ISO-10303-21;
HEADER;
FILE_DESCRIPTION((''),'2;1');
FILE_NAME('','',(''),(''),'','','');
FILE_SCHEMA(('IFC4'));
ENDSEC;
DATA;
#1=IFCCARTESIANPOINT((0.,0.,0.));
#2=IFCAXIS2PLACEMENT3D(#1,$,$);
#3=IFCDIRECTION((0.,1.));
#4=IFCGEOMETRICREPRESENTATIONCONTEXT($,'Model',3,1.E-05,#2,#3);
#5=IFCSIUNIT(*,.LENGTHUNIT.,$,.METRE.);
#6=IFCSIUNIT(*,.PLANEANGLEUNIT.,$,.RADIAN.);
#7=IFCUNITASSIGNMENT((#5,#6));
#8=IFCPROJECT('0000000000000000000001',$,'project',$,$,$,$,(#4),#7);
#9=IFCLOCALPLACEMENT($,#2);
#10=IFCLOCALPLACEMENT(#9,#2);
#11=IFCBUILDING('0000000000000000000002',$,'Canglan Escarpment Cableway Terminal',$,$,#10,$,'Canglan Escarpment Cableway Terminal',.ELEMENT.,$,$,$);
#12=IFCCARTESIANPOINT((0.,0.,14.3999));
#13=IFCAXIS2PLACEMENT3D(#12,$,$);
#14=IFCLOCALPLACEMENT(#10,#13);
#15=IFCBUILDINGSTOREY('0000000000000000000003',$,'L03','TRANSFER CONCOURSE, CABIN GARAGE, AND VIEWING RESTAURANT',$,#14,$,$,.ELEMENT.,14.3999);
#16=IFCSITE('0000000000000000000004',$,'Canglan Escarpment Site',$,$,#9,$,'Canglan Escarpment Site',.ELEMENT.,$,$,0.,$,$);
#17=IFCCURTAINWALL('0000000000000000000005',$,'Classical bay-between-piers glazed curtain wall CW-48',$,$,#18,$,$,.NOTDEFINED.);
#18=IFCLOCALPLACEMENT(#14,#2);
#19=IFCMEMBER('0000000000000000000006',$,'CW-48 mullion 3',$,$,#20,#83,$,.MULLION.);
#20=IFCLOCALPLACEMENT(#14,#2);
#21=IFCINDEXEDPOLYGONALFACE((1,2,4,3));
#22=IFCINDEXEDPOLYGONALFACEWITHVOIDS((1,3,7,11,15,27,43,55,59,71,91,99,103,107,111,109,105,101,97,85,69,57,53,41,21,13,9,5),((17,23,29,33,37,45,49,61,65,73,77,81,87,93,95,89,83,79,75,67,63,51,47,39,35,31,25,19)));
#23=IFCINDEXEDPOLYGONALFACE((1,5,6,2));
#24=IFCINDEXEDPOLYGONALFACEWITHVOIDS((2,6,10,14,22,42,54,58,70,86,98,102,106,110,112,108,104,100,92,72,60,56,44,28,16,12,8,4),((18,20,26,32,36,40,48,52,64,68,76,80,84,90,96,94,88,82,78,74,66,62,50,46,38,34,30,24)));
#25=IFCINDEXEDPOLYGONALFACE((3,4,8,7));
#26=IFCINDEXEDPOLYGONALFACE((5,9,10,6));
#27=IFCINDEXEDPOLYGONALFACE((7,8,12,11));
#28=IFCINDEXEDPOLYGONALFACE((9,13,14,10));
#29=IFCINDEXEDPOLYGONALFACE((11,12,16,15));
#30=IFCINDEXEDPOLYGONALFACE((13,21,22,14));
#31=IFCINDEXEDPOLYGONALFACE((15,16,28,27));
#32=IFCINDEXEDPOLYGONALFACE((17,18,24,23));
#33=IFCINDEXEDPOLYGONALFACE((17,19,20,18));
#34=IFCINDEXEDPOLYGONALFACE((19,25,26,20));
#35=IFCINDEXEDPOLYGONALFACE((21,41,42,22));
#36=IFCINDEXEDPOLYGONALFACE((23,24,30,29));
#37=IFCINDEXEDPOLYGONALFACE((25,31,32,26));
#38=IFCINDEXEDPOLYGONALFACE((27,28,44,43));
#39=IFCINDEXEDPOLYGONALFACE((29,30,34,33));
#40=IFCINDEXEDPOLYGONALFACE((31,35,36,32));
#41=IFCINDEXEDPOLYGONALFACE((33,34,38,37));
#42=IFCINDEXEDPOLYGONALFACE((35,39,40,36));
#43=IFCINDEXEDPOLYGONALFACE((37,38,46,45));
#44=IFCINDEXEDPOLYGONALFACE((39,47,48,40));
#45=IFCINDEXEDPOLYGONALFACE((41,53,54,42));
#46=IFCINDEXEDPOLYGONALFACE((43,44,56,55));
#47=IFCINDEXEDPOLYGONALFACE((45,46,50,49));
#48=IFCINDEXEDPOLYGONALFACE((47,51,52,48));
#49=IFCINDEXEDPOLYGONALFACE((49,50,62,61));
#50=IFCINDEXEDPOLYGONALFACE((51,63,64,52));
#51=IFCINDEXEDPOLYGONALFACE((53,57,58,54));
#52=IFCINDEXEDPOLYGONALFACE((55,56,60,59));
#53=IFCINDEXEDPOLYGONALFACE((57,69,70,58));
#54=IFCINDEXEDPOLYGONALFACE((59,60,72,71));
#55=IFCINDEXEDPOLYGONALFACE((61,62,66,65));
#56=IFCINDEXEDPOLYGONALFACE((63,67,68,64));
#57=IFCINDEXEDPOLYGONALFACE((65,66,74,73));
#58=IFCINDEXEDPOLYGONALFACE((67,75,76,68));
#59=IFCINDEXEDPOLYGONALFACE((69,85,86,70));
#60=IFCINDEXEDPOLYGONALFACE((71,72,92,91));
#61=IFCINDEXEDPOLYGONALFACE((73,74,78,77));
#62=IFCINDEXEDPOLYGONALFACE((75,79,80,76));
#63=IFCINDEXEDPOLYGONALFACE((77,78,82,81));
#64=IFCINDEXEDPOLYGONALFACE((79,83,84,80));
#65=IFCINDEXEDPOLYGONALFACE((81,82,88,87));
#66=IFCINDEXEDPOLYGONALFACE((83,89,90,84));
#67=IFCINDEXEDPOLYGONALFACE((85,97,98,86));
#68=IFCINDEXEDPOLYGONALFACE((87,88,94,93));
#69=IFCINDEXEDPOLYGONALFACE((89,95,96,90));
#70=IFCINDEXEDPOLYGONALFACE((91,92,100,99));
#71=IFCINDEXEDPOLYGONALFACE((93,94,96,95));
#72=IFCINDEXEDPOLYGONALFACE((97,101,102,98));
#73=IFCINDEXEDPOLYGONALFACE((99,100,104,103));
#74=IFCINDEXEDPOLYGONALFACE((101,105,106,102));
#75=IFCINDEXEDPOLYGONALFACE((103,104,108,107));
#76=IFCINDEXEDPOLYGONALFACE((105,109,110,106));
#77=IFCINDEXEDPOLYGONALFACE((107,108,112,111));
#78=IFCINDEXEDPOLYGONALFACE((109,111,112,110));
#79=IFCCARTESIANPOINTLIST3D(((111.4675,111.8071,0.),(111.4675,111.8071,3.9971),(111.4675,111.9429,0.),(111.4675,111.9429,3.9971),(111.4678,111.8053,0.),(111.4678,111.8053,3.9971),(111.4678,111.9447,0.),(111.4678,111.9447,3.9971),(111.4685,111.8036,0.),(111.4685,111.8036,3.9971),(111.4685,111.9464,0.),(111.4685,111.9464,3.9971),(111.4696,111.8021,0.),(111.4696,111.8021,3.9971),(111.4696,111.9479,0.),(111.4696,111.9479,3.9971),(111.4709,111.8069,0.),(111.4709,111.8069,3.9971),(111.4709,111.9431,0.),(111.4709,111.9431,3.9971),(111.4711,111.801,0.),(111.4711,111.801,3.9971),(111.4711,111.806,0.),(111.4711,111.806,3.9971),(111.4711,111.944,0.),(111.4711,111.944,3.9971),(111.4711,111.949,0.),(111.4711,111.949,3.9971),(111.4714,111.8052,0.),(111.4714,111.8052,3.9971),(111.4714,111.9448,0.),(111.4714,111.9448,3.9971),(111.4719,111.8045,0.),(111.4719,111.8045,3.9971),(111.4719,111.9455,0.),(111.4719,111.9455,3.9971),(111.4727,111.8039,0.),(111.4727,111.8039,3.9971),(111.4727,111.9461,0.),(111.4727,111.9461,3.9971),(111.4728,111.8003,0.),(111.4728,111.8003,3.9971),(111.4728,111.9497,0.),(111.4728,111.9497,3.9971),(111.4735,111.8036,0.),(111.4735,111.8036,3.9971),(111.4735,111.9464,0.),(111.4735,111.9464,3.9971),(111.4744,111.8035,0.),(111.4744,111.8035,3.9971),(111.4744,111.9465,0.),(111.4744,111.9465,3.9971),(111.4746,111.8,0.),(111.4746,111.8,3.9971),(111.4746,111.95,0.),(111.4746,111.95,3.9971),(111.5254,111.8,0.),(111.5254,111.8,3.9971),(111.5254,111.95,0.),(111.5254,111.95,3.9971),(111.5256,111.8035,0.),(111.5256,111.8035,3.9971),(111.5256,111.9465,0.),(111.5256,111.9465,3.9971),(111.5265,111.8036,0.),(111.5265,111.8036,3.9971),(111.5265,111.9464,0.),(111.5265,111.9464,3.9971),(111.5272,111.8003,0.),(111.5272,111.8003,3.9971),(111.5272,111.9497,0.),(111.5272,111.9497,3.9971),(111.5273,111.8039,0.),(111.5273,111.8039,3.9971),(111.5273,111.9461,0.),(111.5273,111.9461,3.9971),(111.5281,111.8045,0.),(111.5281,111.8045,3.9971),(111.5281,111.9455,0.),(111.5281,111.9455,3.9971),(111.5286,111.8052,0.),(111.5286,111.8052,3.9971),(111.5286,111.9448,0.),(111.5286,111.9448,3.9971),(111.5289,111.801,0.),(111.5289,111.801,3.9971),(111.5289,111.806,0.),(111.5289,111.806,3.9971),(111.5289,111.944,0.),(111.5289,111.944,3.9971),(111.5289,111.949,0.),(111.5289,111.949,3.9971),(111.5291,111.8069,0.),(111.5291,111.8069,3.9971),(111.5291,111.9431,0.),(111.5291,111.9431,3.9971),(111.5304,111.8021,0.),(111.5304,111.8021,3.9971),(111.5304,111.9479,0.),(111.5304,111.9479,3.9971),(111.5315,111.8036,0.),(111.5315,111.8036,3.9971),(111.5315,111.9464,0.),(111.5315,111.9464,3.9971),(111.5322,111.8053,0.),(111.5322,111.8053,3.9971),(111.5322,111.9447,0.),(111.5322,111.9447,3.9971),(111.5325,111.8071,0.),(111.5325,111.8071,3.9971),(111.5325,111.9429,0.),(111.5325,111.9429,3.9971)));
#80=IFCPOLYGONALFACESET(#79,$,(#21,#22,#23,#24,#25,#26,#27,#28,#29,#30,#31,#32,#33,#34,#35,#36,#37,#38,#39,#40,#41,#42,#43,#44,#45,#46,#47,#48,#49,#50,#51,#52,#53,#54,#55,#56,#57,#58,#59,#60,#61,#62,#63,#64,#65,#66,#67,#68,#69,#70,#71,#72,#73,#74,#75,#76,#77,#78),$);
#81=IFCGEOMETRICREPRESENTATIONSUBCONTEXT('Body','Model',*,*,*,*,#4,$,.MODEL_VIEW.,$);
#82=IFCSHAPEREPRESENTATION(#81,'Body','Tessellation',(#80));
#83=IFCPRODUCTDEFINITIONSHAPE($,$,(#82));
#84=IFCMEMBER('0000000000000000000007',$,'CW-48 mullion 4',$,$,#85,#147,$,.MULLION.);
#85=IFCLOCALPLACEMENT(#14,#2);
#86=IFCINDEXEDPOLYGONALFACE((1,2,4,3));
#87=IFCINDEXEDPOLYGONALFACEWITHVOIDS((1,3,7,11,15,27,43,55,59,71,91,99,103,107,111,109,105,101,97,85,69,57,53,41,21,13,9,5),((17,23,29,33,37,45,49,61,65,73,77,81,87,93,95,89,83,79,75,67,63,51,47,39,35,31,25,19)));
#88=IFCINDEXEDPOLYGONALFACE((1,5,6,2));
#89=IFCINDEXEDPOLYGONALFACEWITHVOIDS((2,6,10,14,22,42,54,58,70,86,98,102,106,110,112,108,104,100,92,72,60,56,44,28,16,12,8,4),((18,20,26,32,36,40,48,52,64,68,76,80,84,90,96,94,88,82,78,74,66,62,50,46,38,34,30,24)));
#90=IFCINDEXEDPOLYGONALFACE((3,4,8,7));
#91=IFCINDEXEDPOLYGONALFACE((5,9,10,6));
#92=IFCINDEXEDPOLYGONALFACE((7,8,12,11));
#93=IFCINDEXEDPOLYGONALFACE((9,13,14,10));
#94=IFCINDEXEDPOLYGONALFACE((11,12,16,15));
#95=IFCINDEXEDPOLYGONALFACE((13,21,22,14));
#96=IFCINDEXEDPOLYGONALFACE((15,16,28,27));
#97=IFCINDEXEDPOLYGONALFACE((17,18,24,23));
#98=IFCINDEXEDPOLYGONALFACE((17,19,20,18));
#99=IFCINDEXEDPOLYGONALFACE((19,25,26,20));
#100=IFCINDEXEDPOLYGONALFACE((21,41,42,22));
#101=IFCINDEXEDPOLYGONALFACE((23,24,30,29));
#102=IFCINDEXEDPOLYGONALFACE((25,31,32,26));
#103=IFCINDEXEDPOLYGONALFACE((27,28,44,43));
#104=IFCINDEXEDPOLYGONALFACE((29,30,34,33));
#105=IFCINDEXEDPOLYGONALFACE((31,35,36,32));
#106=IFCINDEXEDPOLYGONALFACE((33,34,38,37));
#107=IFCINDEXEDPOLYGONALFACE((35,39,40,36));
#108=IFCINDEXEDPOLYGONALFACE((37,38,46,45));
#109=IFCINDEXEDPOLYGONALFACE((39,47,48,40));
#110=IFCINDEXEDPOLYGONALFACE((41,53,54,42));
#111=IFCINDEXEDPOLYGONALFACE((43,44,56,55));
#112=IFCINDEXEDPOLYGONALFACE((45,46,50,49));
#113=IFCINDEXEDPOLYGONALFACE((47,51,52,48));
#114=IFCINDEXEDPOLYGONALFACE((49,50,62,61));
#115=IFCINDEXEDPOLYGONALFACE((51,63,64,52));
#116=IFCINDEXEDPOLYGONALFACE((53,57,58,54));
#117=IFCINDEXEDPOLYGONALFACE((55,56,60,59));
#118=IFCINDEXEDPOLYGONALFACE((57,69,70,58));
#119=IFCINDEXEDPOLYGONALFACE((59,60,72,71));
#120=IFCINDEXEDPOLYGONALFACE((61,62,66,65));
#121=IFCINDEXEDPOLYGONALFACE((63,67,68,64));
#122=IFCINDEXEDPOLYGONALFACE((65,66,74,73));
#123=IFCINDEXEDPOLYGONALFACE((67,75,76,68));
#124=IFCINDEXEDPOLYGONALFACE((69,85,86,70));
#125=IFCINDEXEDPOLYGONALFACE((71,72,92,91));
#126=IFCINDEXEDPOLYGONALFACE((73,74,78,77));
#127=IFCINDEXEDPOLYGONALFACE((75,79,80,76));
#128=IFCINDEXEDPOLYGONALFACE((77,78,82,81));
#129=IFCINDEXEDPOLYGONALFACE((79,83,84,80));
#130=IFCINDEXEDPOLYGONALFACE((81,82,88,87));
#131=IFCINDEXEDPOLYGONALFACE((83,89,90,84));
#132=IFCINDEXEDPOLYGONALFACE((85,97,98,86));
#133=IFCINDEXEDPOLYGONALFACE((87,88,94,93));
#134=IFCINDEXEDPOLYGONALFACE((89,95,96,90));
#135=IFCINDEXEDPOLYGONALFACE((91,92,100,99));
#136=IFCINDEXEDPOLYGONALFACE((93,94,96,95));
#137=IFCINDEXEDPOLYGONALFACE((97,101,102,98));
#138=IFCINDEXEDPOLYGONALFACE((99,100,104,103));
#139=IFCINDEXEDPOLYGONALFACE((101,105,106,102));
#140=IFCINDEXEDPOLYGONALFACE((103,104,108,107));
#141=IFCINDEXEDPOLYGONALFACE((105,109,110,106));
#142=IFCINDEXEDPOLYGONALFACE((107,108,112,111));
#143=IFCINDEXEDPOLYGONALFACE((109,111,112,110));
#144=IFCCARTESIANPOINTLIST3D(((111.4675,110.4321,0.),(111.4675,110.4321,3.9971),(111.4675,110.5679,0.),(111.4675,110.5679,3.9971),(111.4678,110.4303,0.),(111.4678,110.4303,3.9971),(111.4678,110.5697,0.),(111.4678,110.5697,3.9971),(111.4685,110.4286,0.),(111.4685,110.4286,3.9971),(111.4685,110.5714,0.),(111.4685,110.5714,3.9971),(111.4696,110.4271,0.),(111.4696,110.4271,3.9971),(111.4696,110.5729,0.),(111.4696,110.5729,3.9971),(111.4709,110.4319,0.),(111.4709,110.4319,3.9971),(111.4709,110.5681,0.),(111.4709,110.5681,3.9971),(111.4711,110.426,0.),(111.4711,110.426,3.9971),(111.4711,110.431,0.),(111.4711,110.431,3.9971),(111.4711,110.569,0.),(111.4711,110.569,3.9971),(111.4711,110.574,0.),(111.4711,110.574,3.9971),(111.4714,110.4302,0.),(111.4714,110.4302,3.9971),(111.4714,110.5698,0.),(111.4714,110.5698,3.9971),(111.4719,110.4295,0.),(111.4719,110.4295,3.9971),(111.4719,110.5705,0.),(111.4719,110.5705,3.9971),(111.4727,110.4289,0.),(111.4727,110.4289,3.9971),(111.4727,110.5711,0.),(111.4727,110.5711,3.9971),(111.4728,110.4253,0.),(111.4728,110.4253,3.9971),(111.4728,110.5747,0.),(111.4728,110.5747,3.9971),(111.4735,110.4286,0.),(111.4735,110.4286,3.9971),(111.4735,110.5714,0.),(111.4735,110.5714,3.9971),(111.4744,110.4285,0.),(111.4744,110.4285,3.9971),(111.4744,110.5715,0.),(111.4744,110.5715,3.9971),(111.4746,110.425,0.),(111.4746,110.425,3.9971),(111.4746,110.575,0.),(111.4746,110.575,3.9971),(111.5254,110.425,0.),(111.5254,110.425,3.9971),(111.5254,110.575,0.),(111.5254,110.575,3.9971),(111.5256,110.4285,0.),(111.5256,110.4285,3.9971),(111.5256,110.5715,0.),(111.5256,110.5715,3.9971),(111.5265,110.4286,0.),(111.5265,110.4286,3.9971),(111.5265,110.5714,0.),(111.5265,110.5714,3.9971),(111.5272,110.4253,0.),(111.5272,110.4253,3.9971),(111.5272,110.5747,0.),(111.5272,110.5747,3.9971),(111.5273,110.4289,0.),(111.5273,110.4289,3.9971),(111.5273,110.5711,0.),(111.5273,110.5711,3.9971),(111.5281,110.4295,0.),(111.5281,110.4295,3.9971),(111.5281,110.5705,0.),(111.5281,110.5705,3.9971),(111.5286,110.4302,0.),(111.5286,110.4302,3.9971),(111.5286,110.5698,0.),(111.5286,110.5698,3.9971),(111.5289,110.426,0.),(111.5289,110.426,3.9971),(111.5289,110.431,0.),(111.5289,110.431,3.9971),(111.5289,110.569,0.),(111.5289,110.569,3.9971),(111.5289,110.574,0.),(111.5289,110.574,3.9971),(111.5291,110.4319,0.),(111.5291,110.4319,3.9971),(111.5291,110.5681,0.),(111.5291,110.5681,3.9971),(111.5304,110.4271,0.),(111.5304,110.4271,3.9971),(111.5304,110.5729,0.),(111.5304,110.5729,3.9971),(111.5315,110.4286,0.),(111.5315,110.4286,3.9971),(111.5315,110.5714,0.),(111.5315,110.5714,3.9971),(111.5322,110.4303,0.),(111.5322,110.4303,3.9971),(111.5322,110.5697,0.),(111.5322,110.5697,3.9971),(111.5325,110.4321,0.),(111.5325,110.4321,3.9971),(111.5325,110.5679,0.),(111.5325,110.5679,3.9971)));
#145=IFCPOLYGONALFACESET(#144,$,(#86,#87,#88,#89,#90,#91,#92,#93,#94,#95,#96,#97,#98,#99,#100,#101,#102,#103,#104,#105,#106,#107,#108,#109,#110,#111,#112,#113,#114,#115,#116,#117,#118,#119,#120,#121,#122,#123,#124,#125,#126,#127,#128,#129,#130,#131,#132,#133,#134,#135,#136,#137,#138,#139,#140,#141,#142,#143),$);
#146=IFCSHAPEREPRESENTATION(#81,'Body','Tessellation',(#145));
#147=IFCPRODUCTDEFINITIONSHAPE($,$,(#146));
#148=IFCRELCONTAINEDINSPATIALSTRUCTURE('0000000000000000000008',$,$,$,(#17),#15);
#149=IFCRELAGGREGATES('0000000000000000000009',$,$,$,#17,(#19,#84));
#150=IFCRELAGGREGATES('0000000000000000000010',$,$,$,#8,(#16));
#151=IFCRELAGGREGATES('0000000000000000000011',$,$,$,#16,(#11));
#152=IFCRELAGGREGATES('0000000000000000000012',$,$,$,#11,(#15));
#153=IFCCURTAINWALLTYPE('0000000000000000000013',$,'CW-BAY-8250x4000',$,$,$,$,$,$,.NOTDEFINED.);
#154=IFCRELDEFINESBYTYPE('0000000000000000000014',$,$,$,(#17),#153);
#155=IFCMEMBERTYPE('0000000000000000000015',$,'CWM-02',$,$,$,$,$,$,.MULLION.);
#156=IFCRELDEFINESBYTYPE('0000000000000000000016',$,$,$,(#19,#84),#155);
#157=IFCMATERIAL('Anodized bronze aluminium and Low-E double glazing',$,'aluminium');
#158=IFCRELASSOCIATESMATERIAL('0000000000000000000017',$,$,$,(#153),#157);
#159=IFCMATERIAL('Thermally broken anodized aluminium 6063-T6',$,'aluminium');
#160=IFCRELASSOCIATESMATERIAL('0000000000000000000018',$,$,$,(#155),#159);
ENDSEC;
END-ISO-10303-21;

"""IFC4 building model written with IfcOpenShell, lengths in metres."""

from ifc_helpers import new_model, si_unit, direction, frame, origin, origin_2d, place, context, subcontext, project, spatial, hollow_rectangle, extrude, material, material_profile, profile_set, type_object, element, aggregate, save


model = new_model("IFC4")

# Units and contexts
model_context = context("Model", 3, precision=1e-05, world=origin(), true_north=direction((0.0, 1.0)))
body_context = subcontext(model_context, "Body", "Model", "MODEL_VIEW")
ifc_project = project(units=[si_unit("LENGTHUNIT", "METRE"), si_unit("PLANEANGLEUNIT", "RADIAN")], contexts=[model_context])

# Site, building, storey
site_placement = place(None, origin())
site = spatial("IfcSite", under=ifc_project, at=site_placement, Name="Canglan Escarpment Site", LongName="Canglan Escarpment Site", CompositionType="ELEMENT", RefElevation=0.0)
building_placement = place(site_placement, origin())
building = spatial("IfcBuilding", under=site, at=building_placement, Name="Canglan Escarpment Cableway Terminal", LongName="Canglan Escarpment Cableway Terminal", CompositionType="ELEMENT")
storey_placement = place(building_placement, frame((0.0, 0.0, 14.3999)))
storey = spatial("IfcBuildingStorey", under=building, at=storey_placement, Name="L03", Description="TRANSFER CONCOURSE, CABIN GARAGE, AND VIEWING RESTAURANT", CompositionType="ELEMENT", Elevation=14.3999)

# Curtain wall, members
ifc_material_1 = material(Name="Anodized bronze aluminium and Low-E double glazing", Category="aluminium")
curtain_wall_type = type_object("IfcCurtainWallType", Name="CW-BAY-8250x4000", PredefinedType="NOTDEFINED", material=ifc_material_1)
curtain_wall_placement = place(storey_placement, origin())
curtain_wall = element("IfcCurtainWall", 1, at=curtain_wall_placement, inside=storey, type_object=curtain_wall_type, Name="Classical bay-between-piers glazed curtain wall CW-48", PredefinedType="NOTDEFINED")
ifc_material_2 = material(Name="Thermally broken anodized aluminium 6063-T6", Category="aluminium")
ifc_material_profile_1 = material_profile(ifc_material_2, hollow_rectangle(XDim=0.0649, YDim=0.1499, WallThickness=0.0034, InnerFilletRadius=0.0034, OuterFilletRadius=0.0071, at=origin_2d()), Name="ALU-MULL 65x150x3.5")
ifc_profile_set_1 = profile_set([ifc_material_profile_1], Name="Thermally broken anodized aluminium 6063-T6")
member_type_1 = type_object("IfcMemberType", Name="CWM-02", PredefinedType="MULLION", material=ifc_profile_set_1)
member_1_placement = place(storey_placement, frame((111.5, 111.875, 0.0), z_axis=(0.0, 0.0, 1.0), x_axis=(1.0, 0.0, 0.0)))
member_1 = element("IfcMember", 2, at=member_1_placement, type_object=member_type_1, Name="CW-48 mullion 3", PredefinedType="MULLION", context=body_context, shape_type="SweptSolid", body=[
    extrude(hollow_rectangle(XDim=0.0649, YDim=0.1499, WallThickness=0.0034, InnerFilletRadius=0.0034, OuterFilletRadius=0.0071, at=origin_2d()), origin(), (0.0, 0.0, 1.0), 3.9971),
])
member_2_placement = place(storey_placement, frame((111.5, 110.5, 0.0), z_axis=(0.0, 0.0, 1.0), x_axis=(1.0, 0.0, 0.0)))
member_2 = element("IfcMember", 3, at=member_2_placement, type_object=member_type_1, Name="CW-48 mullion 4", PredefinedType="MULLION", context=body_context, shape_type="SweptSolid", body=[
    extrude(hollow_rectangle(XDim=0.0649, YDim=0.1499, WallThickness=0.0034, InnerFilletRadius=0.0034, OuterFilletRadius=0.0071, at=origin_2d()), origin(), (0.0, 0.0, 1.0), 3.9971),
])
aggregate(curtain_wall, [member_1, member_2])

save(model, "model.ifc")
